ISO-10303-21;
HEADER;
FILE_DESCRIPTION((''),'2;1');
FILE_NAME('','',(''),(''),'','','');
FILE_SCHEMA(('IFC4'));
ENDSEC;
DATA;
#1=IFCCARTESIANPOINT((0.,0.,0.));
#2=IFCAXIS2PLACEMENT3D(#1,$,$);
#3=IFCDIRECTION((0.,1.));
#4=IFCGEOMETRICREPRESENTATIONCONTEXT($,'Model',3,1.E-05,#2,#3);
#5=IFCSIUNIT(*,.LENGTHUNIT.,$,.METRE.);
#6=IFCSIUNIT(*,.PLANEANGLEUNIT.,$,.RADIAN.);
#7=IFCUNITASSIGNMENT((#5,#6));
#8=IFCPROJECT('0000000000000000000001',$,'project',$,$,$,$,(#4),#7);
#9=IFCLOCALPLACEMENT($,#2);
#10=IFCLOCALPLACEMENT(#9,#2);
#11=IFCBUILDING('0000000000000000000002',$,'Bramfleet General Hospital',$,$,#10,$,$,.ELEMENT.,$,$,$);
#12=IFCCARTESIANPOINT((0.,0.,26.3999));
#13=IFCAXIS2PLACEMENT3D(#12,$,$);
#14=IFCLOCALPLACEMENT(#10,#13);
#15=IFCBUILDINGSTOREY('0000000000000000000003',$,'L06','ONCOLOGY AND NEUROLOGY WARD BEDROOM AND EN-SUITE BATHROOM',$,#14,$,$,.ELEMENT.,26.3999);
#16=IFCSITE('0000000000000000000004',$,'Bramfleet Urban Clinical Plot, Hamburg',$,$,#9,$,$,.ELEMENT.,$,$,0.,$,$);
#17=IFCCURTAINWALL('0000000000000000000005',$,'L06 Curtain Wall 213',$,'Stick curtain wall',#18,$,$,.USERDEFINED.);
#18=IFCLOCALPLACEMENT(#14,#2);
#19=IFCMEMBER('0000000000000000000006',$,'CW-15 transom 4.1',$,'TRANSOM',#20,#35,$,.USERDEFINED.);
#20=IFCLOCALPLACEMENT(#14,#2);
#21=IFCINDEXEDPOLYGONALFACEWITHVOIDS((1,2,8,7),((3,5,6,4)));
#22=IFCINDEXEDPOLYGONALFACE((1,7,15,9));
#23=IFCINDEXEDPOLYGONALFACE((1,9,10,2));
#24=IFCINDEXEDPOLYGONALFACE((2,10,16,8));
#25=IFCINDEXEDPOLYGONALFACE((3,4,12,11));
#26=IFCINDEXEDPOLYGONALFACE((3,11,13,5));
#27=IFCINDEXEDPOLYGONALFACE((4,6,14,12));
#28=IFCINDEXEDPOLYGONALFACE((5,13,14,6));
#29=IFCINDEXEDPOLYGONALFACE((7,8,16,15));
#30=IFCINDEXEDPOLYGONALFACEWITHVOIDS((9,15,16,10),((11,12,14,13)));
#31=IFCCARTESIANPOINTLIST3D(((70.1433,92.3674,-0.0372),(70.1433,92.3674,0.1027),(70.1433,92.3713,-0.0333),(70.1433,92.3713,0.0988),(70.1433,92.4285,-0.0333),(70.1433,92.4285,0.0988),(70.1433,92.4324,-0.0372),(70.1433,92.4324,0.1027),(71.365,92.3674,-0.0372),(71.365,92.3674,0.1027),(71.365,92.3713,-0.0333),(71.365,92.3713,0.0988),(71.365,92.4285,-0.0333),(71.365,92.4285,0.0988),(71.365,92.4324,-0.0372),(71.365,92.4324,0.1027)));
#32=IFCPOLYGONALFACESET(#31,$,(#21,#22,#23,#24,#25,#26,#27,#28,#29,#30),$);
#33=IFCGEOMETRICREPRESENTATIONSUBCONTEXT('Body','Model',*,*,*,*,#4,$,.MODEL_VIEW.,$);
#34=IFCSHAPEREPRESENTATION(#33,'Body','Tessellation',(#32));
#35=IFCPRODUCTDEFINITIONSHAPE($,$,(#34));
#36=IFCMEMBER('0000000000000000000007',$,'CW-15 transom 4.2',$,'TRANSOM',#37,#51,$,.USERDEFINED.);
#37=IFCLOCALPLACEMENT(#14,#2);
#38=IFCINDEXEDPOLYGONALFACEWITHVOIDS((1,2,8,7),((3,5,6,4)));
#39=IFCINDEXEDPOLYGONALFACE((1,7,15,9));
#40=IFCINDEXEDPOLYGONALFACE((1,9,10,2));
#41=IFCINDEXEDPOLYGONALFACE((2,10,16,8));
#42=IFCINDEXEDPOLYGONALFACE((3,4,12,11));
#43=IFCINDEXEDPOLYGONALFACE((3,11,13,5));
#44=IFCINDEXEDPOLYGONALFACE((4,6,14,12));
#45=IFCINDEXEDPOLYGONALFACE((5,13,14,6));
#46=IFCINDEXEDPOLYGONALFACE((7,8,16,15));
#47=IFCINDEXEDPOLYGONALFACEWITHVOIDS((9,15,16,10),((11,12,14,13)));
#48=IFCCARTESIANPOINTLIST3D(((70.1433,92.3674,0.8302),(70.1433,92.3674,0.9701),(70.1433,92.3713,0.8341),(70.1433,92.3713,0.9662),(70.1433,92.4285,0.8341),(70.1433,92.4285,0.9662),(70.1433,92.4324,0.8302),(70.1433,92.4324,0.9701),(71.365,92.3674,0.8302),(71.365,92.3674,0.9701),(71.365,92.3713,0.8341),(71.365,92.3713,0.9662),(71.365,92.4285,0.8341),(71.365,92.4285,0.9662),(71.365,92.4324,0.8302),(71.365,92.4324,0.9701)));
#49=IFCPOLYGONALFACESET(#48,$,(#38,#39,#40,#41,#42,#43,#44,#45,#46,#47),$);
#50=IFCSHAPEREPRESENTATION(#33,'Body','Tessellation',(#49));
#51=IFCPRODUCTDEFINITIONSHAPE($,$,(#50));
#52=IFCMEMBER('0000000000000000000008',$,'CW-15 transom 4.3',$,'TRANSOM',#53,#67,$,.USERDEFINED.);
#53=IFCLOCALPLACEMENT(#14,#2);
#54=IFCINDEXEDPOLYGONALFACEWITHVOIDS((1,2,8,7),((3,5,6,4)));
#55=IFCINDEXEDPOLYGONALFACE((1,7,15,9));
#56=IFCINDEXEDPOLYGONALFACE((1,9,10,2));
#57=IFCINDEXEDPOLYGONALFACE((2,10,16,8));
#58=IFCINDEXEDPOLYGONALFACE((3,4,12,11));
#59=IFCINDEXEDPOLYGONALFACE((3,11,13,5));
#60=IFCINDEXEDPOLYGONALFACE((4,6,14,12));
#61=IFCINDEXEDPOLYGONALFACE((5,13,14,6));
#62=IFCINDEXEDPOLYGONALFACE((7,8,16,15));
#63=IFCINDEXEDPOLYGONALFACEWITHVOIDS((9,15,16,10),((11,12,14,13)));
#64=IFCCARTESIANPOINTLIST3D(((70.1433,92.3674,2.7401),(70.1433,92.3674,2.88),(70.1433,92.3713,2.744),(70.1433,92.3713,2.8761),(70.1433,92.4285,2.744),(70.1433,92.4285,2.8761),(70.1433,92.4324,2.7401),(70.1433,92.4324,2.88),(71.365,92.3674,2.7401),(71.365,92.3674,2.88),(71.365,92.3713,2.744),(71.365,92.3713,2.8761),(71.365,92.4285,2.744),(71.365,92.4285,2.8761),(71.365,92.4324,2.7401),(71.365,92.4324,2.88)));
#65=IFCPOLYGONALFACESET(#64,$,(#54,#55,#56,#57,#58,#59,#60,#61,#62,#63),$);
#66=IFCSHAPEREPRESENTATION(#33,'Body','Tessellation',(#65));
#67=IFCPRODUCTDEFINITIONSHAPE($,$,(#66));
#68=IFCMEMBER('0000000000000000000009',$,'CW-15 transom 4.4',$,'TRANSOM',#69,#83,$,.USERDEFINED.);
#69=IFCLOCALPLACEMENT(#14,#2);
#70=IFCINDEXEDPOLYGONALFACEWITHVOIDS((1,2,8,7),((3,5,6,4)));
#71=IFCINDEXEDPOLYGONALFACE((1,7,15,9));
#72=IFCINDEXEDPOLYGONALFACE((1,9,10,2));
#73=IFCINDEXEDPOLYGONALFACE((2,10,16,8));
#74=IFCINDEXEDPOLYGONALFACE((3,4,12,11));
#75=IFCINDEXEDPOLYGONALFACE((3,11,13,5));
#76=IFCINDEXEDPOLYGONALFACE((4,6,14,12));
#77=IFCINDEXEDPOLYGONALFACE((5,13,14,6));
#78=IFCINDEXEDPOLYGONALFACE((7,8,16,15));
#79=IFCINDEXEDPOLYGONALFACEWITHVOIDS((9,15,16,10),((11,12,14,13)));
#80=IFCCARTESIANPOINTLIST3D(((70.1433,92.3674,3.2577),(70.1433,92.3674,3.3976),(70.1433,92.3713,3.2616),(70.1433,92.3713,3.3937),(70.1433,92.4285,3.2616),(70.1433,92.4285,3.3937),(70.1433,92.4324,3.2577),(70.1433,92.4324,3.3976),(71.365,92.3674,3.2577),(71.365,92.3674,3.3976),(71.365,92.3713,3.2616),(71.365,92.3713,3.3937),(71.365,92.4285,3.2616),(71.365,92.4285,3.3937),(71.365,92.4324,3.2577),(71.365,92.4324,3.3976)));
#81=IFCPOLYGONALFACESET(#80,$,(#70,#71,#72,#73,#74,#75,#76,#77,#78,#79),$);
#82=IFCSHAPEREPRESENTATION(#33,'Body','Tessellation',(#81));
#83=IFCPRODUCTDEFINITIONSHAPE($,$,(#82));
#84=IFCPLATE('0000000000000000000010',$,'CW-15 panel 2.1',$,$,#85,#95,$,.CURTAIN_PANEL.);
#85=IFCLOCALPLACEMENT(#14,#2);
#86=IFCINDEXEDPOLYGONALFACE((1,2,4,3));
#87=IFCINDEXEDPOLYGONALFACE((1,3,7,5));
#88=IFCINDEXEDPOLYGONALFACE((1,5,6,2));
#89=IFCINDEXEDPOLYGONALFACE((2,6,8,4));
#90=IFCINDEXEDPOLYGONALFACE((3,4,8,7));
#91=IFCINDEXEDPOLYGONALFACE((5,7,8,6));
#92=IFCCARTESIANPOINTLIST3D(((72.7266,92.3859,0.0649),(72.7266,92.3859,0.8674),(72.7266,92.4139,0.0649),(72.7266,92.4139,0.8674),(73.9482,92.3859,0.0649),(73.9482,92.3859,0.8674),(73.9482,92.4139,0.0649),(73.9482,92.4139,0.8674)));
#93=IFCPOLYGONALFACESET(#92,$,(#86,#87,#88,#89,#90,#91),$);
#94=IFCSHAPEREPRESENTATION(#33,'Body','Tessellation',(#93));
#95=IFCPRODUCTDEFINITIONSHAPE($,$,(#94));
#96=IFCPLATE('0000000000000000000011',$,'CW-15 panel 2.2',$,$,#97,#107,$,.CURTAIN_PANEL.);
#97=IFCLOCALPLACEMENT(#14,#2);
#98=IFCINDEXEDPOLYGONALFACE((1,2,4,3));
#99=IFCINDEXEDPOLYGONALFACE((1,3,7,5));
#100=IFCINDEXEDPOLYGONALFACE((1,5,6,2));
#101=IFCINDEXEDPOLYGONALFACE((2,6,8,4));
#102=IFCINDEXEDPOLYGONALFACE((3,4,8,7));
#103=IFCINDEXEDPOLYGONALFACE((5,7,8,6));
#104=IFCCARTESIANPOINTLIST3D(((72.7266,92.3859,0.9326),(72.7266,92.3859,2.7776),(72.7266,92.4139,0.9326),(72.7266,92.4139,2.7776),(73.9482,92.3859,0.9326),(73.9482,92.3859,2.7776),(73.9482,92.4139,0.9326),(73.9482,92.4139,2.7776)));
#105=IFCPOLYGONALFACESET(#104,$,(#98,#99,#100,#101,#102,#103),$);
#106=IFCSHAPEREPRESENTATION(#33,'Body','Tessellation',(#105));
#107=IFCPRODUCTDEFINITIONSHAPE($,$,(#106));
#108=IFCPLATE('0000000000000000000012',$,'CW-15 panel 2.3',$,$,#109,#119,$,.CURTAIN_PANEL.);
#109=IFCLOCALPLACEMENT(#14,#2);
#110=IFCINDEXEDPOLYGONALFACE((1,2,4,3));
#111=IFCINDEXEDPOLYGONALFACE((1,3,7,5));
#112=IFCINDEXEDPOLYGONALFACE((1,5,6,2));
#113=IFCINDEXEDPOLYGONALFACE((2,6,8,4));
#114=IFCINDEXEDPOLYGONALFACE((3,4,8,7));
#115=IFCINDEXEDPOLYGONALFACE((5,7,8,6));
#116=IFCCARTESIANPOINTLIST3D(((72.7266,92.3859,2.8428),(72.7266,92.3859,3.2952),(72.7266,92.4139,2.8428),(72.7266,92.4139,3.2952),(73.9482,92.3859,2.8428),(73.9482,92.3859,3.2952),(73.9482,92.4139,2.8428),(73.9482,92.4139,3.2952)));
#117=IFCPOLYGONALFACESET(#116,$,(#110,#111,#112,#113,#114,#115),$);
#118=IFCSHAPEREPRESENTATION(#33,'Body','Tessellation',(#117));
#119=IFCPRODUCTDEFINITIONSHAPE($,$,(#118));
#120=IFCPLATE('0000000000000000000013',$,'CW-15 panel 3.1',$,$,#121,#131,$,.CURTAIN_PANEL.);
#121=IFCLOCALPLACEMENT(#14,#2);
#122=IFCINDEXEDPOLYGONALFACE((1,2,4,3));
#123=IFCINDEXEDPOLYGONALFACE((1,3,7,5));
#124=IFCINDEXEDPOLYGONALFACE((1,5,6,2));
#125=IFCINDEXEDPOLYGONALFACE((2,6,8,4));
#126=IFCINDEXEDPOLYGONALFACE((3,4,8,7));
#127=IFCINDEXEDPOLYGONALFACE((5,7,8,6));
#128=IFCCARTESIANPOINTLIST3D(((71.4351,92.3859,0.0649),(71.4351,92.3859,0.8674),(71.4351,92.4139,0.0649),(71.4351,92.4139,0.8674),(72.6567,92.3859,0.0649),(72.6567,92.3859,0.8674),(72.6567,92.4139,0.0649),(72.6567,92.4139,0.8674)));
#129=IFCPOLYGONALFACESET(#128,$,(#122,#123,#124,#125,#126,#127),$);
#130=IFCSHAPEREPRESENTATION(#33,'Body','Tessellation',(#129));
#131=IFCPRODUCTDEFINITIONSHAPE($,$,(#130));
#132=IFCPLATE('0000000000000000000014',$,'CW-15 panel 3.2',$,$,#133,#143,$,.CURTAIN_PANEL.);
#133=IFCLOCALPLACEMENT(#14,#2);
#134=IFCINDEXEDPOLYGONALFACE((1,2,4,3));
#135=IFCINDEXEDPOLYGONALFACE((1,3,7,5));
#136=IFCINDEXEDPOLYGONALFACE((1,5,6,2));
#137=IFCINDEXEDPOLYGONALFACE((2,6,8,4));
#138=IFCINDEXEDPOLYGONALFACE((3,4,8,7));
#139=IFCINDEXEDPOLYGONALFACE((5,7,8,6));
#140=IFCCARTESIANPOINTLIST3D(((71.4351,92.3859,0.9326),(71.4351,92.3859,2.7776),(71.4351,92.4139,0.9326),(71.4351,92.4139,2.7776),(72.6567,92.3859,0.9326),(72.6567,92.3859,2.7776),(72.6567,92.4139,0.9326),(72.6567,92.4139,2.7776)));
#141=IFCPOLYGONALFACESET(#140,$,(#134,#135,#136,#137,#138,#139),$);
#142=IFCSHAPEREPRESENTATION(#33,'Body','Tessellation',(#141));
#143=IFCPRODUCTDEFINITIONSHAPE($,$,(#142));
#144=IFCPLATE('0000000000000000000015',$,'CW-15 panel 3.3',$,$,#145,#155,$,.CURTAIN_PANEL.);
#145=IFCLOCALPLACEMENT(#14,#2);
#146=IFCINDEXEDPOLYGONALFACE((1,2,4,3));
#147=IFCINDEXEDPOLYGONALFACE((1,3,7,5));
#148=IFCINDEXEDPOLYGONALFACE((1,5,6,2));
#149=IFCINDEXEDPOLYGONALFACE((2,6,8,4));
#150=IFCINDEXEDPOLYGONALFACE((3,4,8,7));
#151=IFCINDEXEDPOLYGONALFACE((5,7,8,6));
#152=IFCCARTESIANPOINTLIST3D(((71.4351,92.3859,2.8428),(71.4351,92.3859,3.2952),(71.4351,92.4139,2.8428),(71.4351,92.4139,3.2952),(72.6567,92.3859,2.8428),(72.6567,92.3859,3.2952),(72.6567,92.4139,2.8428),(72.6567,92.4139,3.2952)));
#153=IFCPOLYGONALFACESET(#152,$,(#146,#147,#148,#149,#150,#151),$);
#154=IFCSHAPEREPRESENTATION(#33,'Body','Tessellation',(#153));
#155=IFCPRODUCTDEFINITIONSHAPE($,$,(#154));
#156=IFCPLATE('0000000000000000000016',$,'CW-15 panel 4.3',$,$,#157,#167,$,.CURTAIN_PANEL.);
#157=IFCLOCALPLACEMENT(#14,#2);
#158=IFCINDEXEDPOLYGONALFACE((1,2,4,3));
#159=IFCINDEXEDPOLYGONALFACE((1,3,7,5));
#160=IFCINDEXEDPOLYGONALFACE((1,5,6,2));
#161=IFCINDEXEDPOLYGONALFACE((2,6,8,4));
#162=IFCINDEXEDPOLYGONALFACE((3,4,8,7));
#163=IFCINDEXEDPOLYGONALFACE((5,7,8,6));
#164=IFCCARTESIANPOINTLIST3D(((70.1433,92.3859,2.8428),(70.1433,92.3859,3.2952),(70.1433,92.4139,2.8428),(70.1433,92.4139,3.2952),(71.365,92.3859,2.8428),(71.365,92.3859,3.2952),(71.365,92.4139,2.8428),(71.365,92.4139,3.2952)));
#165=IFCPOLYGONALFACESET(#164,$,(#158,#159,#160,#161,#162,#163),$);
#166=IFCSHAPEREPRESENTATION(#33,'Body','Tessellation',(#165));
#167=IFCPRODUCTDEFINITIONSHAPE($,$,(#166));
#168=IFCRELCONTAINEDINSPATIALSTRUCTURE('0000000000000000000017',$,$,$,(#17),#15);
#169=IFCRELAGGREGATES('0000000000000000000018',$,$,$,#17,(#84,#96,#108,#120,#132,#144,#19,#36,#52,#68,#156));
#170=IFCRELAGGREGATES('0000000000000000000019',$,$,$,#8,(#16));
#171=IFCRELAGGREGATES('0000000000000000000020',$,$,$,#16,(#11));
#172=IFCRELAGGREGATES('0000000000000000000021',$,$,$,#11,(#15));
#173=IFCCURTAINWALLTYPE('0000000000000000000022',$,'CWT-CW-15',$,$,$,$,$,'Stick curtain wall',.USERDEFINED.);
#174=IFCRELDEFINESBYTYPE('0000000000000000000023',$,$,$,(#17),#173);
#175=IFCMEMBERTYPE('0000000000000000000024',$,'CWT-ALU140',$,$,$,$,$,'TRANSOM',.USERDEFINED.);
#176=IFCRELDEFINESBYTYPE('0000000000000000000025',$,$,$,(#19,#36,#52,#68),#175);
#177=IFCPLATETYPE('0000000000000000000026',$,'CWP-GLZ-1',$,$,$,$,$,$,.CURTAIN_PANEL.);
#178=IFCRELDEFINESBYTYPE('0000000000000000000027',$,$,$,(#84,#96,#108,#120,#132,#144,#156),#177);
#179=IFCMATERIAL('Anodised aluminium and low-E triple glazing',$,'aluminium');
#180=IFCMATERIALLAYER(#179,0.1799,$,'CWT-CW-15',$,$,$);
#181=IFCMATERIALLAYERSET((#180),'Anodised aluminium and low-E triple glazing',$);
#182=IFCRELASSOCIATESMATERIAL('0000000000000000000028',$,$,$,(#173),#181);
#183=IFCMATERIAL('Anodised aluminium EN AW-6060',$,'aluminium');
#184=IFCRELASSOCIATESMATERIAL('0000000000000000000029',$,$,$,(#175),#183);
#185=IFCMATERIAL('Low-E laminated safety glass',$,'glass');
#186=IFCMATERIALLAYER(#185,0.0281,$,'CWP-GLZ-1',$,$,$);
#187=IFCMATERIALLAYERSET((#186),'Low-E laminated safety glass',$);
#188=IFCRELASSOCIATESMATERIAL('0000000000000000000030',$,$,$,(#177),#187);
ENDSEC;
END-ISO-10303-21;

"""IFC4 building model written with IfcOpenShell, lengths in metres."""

from ifc_helpers import new_model, si_unit, direction, frame, origin, origin_2d, place, context, subcontext, project, spatial, rectangle, hollow_rectangle, extrude, material, layer, layer_set, material_profile, profile_set, type_object, element, aggregate, save


model = new_model("IFC4")

# Units and contexts
model_context = context("Model", 3, precision=1e-05, world=origin(), true_north=direction((0.0, 1.0)))
body_context = subcontext(model_context, "Body", "Model", "MODEL_VIEW")
ifc_project = project(units=[si_unit("LENGTHUNIT", "METRE"), si_unit("PLANEANGLEUNIT", "RADIAN")], contexts=[model_context])

# Site, building, storey
site_placement = place(None, origin())
site = spatial("IfcSite", under=ifc_project, at=site_placement, Name="Bramfleet Urban Clinical Plot, Hamburg", CompositionType="ELEMENT", RefElevation=0.0)
building_placement = place(site_placement, origin())
building = spatial("IfcBuilding", under=site, at=building_placement, Name="Bramfleet General Hospital", CompositionType="ELEMENT")
storey_placement = place(building_placement, frame((0.0, 0.0, 26.3999)))
storey = spatial("IfcBuildingStorey", under=building, at=storey_placement, Name="L06", Description="ONCOLOGY AND NEUROLOGY WARD BEDROOM AND EN-SUITE BATHROOM", CompositionType="ELEMENT", Elevation=26.3999)

# Curtain wall, members, plates
ifc_material_1 = material(Name="Anodised aluminium and low-E triple glazing", Category="aluminium")
ifc_layer_1 = layer(ifc_material_1, 0.1799, Name="CWT-CW-15")
ifc_layer_set_1 = layer_set([ifc_layer_1], Name="Anodised aluminium and low-E triple glazing")
curtain_wall_type = type_object("IfcCurtainWallType", Name="CWT-CW-15", ElementType="Stick curtain wall", PredefinedType="USERDEFINED", material=ifc_layer_set_1)
curtain_wall_placement = place(storey_placement, origin())
curtain_wall = element("IfcCurtainWall", 1, at=curtain_wall_placement, inside=storey, type_object=curtain_wall_type, Name="L06 Curtain Wall 213", ObjectType="Stick curtain wall", PredefinedType="USERDEFINED")
ifc_material_2 = material(Name="Anodised aluminium EN AW-6060", Category="aluminium")
ifc_material_profile_1 = material_profile(ifc_material_2, hollow_rectangle(XDim=0.0649, YDim=0.1399, WallThickness=0.0039, at=origin_2d()), Name="ALU 140x65x4.0")
ifc_profile_set_1 = profile_set([ifc_material_profile_1], Name="Anodised aluminium EN AW-6060")
member_type_1 = type_object("IfcMemberType", Name="CWT-ALU140", ElementType="TRANSOM", PredefinedType="USERDEFINED", material=ifc_profile_set_1)
member_1_placement = place(storey_placement, frame((71.365, 92.3999, 0.0327), z_axis=(-1.0, 0.0, 0.0), x_axis=(0.0, -1.0, 0.0)))
member_1 = element("IfcMember", 2, at=member_1_placement, type_object=member_type_1, Name="CW-15 transom 4.1", ObjectType="TRANSOM", PredefinedType="USERDEFINED", context=body_context, shape_type="SweptSolid", body=[
    extrude(hollow_rectangle(XDim=0.0649, YDim=0.1399, WallThickness=0.0039, at=origin_2d()), origin(), (0.0, 0.0, 1.0), 1.2217),
])
member_2_placement = place(storey_placement, frame((71.365, 92.3999, 0.9001), z_axis=(-1.0, 0.0, 0.0), x_axis=(0.0, -1.0, 0.0)))
member_2 = element("IfcMember", 3, at=member_2_placement, type_object=member_type_1, Name="CW-15 transom 4.2", ObjectType="TRANSOM", PredefinedType="USERDEFINED", context=body_context, shape_type="SweptSolid", body=[
    extrude(hollow_rectangle(XDim=0.0649, YDim=0.1399, WallThickness=0.0039, at=origin_2d()), origin(), (0.0, 0.0, 1.0), 1.2217),
])
member_3_placement = place(storey_placement, frame((71.365, 92.3999, 2.8101), z_axis=(-1.0, 0.0, 0.0), x_axis=(0.0, -1.0, 0.0)))
member_3 = element("IfcMember", 4, at=member_3_placement, type_object=member_type_1, Name="CW-15 transom 4.3", ObjectType="TRANSOM", PredefinedType="USERDEFINED", context=body_context, shape_type="SweptSolid", body=[
    extrude(hollow_rectangle(XDim=0.0649, YDim=0.1399, WallThickness=0.0039, at=origin_2d()), origin(), (0.0, 0.0, 1.0), 1.2217),
])
member_4_placement = place(storey_placement, frame((71.365, 92.3999, 3.3276), z_axis=(-1.0, 0.0, 0.0), x_axis=(0.0, -1.0, 0.0)))
member_4 = element("IfcMember", 5, at=member_4_placement, type_object=member_type_1, Name="CW-15 transom 4.4", ObjectType="TRANSOM", PredefinedType="USERDEFINED", context=body_context, shape_type="SweptSolid", body=[
    extrude(hollow_rectangle(XDim=0.0649, YDim=0.1399, WallThickness=0.0039, at=origin_2d()), origin(), (0.0, 0.0, 1.0), 1.2217),
])
ifc_material_3 = material(Name="Low-E laminated safety glass", Category="glass")
ifc_layer_2 = layer(ifc_material_3, 0.0281, Name="CWP-GLZ-1")
ifc_layer_set_2 = layer_set([ifc_layer_2], Name="Low-E laminated safety glass")
plate_type = type_object("IfcPlateType", Name="CWP-GLZ-1", PredefinedType="CURTAIN_PANEL", material=ifc_layer_set_2)
plate_1_placement = place(storey_placement, frame((73.3374, 92.3999, 0.0649), z_axis=(0.0, 0.0, 1.0), x_axis=(-1.0, 0.0, 0.0)))
plate_1 = element("IfcPlate", 6, at=plate_1_placement, type_object=plate_type, Name="CW-15 panel 2.1", PredefinedType="CURTAIN_PANEL", context=body_context, shape_type="SweptSolid", body=[
    extrude(rectangle(XDim=1.2217, YDim=0.0281, at=origin_2d()), origin(), (0.0, 0.0, 1.0), 0.8025),
])
plate_2_placement = place(storey_placement, frame((73.3374, 92.3999, 0.9326), z_axis=(0.0, 0.0, 1.0), x_axis=(-1.0, 0.0, 0.0)))
plate_2 = element("IfcPlate", 7, at=plate_2_placement, type_object=plate_type, Name="CW-15 panel 2.2", PredefinedType="CURTAIN_PANEL", context=body_context, shape_type="SweptSolid", body=[
    extrude(rectangle(XDim=1.2217, YDim=0.0281, at=origin_2d()), origin(), (0.0, 0.0, 1.0), 1.845),
])
plate_3_placement = place(storey_placement, frame((73.3374, 92.3999, 2.8428), z_axis=(0.0, 0.0, 1.0), x_axis=(-1.0, 0.0, 0.0)))
plate_3 = element("IfcPlate", 8, at=plate_3_placement, type_object=plate_type, Name="CW-15 panel 2.3", PredefinedType="CURTAIN_PANEL", context=body_context, shape_type="SweptSolid", body=[
    extrude(rectangle(XDim=1.2217, YDim=0.0281, at=origin_2d()), origin(), (0.0, 0.0, 1.0), 0.4524),
])
plate_4_placement = place(storey_placement, frame((72.0459, 92.3999, 0.0649), z_axis=(0.0, 0.0, 1.0), x_axis=(-1.0, 0.0, 0.0)))
plate_4 = element("IfcPlate", 9, at=plate_4_placement, type_object=plate_type, Name="CW-15 panel 3.1", PredefinedType="CURTAIN_PANEL", context=body_context, shape_type="SweptSolid", body=[
    extrude(rectangle(XDim=1.2217, YDim=0.0281, at=origin_2d()), origin(), (0.0, 0.0, 1.0), 0.8025),
])
plate_5_placement = place(storey_placement, frame((72.0459, 92.3999, 0.9326), z_axis=(0.0, 0.0, 1.0), x_axis=(-1.0, 0.0, 0.0)))
plate_5 = element("IfcPlate", 10, at=plate_5_placement, type_object=plate_type, Name="CW-15 panel 3.2", PredefinedType="CURTAIN_PANEL", context=body_context, shape_type="SweptSolid", body=[
    extrude(rectangle(XDim=1.2217, YDim=0.0281, at=origin_2d()), origin(), (0.0, 0.0, 1.0), 1.845),
])
plate_6_placement = place(storey_placement, frame((72.0459, 92.3999, 2.8428), z_axis=(0.0, 0.0, 1.0), x_axis=(-1.0, 0.0, 0.0)))
plate_6 = element("IfcPlate", 11, at=plate_6_placement, type_object=plate_type, Name="CW-15 panel 3.3", PredefinedType="CURTAIN_PANEL", context=body_context, shape_type="SweptSolid", body=[
    extrude(rectangle(XDim=1.2217, YDim=0.0281, at=origin_2d()), origin(), (0.0, 0.0, 1.0), 0.4524),
])
plate_7_placement = place(storey_placement, frame((70.7542, 92.3999, 2.8428), z_axis=(0.0, 0.0, 1.0), x_axis=(-1.0, 0.0, 0.0)))
plate_7 = element("IfcPlate", 12, at=plate_7_placement, type_object=plate_type, Name="CW-15 panel 4.3", PredefinedType="CURTAIN_PANEL", context=body_context, shape_type="SweptSolid", body=[
    extrude(rectangle(XDim=1.2217, YDim=0.0281, at=origin_2d()), origin(), (0.0, 0.0, 1.0), 0.4524),
])
aggregate(curtain_wall, [plate_1, plate_2, plate_3, plate_4, plate_5, plate_6, member_1, member_2, member_3, member_4, plate_7])

save(model, "model.ifc")
